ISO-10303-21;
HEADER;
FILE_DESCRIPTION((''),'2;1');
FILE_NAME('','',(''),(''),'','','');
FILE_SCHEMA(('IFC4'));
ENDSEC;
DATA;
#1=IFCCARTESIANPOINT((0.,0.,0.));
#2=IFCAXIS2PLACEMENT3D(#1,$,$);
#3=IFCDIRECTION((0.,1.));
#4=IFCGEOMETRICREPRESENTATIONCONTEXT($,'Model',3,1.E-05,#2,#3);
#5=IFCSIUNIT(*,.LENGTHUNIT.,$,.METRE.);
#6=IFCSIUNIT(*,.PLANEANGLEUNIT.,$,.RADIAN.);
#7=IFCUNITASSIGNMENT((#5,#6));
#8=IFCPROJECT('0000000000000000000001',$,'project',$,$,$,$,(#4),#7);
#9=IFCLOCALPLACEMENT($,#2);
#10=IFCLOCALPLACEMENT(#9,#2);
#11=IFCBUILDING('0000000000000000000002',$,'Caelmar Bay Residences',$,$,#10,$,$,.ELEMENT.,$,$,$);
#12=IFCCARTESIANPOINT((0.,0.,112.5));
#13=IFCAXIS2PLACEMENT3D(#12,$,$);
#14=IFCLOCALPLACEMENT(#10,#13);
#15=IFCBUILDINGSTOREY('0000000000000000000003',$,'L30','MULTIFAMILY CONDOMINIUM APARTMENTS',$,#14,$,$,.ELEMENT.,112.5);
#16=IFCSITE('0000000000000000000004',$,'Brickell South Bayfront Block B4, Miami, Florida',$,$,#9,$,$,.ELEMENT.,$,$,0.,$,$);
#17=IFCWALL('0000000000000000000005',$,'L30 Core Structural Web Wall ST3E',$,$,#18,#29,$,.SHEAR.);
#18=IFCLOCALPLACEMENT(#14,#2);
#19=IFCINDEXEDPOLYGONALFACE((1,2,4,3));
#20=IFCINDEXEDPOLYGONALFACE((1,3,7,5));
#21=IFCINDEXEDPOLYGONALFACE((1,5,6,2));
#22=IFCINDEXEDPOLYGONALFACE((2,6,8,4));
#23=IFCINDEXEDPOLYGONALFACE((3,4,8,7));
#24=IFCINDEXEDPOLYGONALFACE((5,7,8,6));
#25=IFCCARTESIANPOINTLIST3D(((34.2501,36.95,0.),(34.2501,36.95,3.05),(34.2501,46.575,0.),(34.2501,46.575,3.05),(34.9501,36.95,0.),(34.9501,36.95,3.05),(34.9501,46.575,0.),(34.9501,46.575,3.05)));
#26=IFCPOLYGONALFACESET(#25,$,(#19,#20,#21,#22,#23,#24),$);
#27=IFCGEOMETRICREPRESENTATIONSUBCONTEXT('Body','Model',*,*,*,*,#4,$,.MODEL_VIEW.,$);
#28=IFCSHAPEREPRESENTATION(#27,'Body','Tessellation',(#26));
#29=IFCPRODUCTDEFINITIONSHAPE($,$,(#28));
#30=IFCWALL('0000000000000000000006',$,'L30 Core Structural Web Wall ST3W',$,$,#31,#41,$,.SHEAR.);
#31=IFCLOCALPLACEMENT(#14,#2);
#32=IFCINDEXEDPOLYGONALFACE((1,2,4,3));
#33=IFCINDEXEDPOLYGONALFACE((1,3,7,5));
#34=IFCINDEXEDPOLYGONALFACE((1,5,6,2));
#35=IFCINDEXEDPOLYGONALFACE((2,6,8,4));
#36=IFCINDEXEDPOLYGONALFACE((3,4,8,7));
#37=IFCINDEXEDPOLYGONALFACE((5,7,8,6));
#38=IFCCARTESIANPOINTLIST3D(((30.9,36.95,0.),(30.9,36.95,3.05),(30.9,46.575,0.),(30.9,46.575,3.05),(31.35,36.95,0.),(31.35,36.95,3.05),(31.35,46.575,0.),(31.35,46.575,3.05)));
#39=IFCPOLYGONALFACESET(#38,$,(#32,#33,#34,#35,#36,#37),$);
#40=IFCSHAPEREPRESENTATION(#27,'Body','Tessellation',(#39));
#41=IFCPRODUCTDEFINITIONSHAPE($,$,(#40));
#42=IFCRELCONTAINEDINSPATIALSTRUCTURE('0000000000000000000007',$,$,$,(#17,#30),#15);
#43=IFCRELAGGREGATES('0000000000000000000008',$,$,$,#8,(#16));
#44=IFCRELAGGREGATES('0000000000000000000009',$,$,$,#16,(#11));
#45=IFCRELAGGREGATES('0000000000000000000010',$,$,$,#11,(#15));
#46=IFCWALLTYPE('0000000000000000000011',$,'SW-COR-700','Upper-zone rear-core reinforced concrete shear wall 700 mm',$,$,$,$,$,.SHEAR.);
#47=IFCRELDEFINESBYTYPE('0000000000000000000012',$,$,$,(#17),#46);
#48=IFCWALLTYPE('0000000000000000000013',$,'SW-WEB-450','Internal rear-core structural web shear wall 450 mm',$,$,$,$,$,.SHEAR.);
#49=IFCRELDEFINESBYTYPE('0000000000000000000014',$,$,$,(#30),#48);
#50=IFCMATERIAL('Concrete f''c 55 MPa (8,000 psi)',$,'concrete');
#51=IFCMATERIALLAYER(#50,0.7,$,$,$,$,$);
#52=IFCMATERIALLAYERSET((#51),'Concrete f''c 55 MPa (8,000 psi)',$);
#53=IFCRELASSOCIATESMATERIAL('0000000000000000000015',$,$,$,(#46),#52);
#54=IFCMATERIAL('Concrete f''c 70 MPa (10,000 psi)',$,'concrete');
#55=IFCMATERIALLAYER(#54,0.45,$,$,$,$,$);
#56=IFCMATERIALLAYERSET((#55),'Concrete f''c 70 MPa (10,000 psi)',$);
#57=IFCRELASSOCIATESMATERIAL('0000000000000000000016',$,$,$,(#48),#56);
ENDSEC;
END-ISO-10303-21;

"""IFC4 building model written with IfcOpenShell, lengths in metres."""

from ifc_helpers import new_model, si_unit, direction, frame, frame_2d, origin, place, context, subcontext, project, spatial, rectangle, extrude, material, layer, layer_set, type_object, element, save


model = new_model("IFC4")

# Units and contexts
model_context = context("Model", 3, precision=1e-05, world=origin(), true_north=direction((0.0, 1.0)))
body_context = subcontext(model_context, "Body", "Model", "MODEL_VIEW")
ifc_project = project(units=[si_unit("LENGTHUNIT", "METRE"), si_unit("PLANEANGLEUNIT", "RADIAN")], contexts=[model_context])

# Site, building, storey
site_placement = place(None, origin())
site = spatial("IfcSite", under=ifc_project, at=site_placement, Name="Brickell South Bayfront Block B4, Miami, Florida", CompositionType="ELEMENT", RefElevation=0.0)
building_placement = place(site_placement, origin())
building = spatial("IfcBuilding", under=site, at=building_placement, Name="Caelmar Bay Residences", CompositionType="ELEMENT")
storey_placement = place(building_placement, frame((0.0, 0.0, 112.5)))
storey = spatial("IfcBuildingStorey", under=building, at=storey_placement, Name="L30", Description="MULTIFAMILY CONDOMINIUM APARTMENTS", CompositionType="ELEMENT", Elevation=112.5)

# Walls
ifc_material_1 = material(Name="Concrete f'c 55 MPa (8,000 psi)", Category="concrete")
ifc_layer_1 = layer(ifc_material_1, 0.7)
ifc_layer_set_1 = layer_set([ifc_layer_1], Name="Concrete f'c 55 MPa (8,000 psi)")
wall_type_1 = type_object("IfcWallType", Name="SW-COR-700", Description="Upper-zone rear-core reinforced concrete shear wall 700 mm", PredefinedType="SHEAR", material=ifc_layer_set_1)
wall_1_placement = place(storey_placement, frame((34.6001, 36.95, 0.0), z_axis=(0.0, 0.0, 1.0), x_axis=(0.0, 1.0, 0.0)))
element("IfcWall", 1, at=wall_1_placement, inside=storey, type_object=wall_type_1, Name="L30 Core Structural Web Wall ST3E", PredefinedType="SHEAR", context=body_context, shape_type="SweptSolid", body=[
    extrude(rectangle(XDim=9.625, YDim=0.7, at=frame_2d((4.8125, 0.0))), origin(), (0.0, 0.0, 1.0), 3.05),
])
ifc_material_2 = material(Name="Concrete f'c 70 MPa (10,000 psi)", Category="concrete")
ifc_layer_2 = layer(ifc_material_2, 0.45)
ifc_layer_set_2 = layer_set([ifc_layer_2], Name="Concrete f'c 70 MPa (10,000 psi)")
wall_type_2 = type_object("IfcWallType", Name="SW-WEB-450", Description="Internal rear-core structural web shear wall 450 mm", PredefinedType="SHEAR", material=ifc_layer_set_2)
wall_2_placement = place(storey_placement, frame((31.125, 36.95, 0.0), z_axis=(0.0, 0.0, 1.0), x_axis=(0.0, 1.0, 0.0)))
element("IfcWall", 2, at=wall_2_placement, inside=storey, type_object=wall_type_2, Name="L30 Core Structural Web Wall ST3W", PredefinedType="SHEAR", context=body_context, shape_type="SweptSolid", body=[
    extrude(rectangle(XDim=9.625, YDim=0.45, at=frame_2d((4.8125, 0.0))), origin(), (0.0, 0.0, 1.0), 3.05),
])

save(model, "model.ifc")
